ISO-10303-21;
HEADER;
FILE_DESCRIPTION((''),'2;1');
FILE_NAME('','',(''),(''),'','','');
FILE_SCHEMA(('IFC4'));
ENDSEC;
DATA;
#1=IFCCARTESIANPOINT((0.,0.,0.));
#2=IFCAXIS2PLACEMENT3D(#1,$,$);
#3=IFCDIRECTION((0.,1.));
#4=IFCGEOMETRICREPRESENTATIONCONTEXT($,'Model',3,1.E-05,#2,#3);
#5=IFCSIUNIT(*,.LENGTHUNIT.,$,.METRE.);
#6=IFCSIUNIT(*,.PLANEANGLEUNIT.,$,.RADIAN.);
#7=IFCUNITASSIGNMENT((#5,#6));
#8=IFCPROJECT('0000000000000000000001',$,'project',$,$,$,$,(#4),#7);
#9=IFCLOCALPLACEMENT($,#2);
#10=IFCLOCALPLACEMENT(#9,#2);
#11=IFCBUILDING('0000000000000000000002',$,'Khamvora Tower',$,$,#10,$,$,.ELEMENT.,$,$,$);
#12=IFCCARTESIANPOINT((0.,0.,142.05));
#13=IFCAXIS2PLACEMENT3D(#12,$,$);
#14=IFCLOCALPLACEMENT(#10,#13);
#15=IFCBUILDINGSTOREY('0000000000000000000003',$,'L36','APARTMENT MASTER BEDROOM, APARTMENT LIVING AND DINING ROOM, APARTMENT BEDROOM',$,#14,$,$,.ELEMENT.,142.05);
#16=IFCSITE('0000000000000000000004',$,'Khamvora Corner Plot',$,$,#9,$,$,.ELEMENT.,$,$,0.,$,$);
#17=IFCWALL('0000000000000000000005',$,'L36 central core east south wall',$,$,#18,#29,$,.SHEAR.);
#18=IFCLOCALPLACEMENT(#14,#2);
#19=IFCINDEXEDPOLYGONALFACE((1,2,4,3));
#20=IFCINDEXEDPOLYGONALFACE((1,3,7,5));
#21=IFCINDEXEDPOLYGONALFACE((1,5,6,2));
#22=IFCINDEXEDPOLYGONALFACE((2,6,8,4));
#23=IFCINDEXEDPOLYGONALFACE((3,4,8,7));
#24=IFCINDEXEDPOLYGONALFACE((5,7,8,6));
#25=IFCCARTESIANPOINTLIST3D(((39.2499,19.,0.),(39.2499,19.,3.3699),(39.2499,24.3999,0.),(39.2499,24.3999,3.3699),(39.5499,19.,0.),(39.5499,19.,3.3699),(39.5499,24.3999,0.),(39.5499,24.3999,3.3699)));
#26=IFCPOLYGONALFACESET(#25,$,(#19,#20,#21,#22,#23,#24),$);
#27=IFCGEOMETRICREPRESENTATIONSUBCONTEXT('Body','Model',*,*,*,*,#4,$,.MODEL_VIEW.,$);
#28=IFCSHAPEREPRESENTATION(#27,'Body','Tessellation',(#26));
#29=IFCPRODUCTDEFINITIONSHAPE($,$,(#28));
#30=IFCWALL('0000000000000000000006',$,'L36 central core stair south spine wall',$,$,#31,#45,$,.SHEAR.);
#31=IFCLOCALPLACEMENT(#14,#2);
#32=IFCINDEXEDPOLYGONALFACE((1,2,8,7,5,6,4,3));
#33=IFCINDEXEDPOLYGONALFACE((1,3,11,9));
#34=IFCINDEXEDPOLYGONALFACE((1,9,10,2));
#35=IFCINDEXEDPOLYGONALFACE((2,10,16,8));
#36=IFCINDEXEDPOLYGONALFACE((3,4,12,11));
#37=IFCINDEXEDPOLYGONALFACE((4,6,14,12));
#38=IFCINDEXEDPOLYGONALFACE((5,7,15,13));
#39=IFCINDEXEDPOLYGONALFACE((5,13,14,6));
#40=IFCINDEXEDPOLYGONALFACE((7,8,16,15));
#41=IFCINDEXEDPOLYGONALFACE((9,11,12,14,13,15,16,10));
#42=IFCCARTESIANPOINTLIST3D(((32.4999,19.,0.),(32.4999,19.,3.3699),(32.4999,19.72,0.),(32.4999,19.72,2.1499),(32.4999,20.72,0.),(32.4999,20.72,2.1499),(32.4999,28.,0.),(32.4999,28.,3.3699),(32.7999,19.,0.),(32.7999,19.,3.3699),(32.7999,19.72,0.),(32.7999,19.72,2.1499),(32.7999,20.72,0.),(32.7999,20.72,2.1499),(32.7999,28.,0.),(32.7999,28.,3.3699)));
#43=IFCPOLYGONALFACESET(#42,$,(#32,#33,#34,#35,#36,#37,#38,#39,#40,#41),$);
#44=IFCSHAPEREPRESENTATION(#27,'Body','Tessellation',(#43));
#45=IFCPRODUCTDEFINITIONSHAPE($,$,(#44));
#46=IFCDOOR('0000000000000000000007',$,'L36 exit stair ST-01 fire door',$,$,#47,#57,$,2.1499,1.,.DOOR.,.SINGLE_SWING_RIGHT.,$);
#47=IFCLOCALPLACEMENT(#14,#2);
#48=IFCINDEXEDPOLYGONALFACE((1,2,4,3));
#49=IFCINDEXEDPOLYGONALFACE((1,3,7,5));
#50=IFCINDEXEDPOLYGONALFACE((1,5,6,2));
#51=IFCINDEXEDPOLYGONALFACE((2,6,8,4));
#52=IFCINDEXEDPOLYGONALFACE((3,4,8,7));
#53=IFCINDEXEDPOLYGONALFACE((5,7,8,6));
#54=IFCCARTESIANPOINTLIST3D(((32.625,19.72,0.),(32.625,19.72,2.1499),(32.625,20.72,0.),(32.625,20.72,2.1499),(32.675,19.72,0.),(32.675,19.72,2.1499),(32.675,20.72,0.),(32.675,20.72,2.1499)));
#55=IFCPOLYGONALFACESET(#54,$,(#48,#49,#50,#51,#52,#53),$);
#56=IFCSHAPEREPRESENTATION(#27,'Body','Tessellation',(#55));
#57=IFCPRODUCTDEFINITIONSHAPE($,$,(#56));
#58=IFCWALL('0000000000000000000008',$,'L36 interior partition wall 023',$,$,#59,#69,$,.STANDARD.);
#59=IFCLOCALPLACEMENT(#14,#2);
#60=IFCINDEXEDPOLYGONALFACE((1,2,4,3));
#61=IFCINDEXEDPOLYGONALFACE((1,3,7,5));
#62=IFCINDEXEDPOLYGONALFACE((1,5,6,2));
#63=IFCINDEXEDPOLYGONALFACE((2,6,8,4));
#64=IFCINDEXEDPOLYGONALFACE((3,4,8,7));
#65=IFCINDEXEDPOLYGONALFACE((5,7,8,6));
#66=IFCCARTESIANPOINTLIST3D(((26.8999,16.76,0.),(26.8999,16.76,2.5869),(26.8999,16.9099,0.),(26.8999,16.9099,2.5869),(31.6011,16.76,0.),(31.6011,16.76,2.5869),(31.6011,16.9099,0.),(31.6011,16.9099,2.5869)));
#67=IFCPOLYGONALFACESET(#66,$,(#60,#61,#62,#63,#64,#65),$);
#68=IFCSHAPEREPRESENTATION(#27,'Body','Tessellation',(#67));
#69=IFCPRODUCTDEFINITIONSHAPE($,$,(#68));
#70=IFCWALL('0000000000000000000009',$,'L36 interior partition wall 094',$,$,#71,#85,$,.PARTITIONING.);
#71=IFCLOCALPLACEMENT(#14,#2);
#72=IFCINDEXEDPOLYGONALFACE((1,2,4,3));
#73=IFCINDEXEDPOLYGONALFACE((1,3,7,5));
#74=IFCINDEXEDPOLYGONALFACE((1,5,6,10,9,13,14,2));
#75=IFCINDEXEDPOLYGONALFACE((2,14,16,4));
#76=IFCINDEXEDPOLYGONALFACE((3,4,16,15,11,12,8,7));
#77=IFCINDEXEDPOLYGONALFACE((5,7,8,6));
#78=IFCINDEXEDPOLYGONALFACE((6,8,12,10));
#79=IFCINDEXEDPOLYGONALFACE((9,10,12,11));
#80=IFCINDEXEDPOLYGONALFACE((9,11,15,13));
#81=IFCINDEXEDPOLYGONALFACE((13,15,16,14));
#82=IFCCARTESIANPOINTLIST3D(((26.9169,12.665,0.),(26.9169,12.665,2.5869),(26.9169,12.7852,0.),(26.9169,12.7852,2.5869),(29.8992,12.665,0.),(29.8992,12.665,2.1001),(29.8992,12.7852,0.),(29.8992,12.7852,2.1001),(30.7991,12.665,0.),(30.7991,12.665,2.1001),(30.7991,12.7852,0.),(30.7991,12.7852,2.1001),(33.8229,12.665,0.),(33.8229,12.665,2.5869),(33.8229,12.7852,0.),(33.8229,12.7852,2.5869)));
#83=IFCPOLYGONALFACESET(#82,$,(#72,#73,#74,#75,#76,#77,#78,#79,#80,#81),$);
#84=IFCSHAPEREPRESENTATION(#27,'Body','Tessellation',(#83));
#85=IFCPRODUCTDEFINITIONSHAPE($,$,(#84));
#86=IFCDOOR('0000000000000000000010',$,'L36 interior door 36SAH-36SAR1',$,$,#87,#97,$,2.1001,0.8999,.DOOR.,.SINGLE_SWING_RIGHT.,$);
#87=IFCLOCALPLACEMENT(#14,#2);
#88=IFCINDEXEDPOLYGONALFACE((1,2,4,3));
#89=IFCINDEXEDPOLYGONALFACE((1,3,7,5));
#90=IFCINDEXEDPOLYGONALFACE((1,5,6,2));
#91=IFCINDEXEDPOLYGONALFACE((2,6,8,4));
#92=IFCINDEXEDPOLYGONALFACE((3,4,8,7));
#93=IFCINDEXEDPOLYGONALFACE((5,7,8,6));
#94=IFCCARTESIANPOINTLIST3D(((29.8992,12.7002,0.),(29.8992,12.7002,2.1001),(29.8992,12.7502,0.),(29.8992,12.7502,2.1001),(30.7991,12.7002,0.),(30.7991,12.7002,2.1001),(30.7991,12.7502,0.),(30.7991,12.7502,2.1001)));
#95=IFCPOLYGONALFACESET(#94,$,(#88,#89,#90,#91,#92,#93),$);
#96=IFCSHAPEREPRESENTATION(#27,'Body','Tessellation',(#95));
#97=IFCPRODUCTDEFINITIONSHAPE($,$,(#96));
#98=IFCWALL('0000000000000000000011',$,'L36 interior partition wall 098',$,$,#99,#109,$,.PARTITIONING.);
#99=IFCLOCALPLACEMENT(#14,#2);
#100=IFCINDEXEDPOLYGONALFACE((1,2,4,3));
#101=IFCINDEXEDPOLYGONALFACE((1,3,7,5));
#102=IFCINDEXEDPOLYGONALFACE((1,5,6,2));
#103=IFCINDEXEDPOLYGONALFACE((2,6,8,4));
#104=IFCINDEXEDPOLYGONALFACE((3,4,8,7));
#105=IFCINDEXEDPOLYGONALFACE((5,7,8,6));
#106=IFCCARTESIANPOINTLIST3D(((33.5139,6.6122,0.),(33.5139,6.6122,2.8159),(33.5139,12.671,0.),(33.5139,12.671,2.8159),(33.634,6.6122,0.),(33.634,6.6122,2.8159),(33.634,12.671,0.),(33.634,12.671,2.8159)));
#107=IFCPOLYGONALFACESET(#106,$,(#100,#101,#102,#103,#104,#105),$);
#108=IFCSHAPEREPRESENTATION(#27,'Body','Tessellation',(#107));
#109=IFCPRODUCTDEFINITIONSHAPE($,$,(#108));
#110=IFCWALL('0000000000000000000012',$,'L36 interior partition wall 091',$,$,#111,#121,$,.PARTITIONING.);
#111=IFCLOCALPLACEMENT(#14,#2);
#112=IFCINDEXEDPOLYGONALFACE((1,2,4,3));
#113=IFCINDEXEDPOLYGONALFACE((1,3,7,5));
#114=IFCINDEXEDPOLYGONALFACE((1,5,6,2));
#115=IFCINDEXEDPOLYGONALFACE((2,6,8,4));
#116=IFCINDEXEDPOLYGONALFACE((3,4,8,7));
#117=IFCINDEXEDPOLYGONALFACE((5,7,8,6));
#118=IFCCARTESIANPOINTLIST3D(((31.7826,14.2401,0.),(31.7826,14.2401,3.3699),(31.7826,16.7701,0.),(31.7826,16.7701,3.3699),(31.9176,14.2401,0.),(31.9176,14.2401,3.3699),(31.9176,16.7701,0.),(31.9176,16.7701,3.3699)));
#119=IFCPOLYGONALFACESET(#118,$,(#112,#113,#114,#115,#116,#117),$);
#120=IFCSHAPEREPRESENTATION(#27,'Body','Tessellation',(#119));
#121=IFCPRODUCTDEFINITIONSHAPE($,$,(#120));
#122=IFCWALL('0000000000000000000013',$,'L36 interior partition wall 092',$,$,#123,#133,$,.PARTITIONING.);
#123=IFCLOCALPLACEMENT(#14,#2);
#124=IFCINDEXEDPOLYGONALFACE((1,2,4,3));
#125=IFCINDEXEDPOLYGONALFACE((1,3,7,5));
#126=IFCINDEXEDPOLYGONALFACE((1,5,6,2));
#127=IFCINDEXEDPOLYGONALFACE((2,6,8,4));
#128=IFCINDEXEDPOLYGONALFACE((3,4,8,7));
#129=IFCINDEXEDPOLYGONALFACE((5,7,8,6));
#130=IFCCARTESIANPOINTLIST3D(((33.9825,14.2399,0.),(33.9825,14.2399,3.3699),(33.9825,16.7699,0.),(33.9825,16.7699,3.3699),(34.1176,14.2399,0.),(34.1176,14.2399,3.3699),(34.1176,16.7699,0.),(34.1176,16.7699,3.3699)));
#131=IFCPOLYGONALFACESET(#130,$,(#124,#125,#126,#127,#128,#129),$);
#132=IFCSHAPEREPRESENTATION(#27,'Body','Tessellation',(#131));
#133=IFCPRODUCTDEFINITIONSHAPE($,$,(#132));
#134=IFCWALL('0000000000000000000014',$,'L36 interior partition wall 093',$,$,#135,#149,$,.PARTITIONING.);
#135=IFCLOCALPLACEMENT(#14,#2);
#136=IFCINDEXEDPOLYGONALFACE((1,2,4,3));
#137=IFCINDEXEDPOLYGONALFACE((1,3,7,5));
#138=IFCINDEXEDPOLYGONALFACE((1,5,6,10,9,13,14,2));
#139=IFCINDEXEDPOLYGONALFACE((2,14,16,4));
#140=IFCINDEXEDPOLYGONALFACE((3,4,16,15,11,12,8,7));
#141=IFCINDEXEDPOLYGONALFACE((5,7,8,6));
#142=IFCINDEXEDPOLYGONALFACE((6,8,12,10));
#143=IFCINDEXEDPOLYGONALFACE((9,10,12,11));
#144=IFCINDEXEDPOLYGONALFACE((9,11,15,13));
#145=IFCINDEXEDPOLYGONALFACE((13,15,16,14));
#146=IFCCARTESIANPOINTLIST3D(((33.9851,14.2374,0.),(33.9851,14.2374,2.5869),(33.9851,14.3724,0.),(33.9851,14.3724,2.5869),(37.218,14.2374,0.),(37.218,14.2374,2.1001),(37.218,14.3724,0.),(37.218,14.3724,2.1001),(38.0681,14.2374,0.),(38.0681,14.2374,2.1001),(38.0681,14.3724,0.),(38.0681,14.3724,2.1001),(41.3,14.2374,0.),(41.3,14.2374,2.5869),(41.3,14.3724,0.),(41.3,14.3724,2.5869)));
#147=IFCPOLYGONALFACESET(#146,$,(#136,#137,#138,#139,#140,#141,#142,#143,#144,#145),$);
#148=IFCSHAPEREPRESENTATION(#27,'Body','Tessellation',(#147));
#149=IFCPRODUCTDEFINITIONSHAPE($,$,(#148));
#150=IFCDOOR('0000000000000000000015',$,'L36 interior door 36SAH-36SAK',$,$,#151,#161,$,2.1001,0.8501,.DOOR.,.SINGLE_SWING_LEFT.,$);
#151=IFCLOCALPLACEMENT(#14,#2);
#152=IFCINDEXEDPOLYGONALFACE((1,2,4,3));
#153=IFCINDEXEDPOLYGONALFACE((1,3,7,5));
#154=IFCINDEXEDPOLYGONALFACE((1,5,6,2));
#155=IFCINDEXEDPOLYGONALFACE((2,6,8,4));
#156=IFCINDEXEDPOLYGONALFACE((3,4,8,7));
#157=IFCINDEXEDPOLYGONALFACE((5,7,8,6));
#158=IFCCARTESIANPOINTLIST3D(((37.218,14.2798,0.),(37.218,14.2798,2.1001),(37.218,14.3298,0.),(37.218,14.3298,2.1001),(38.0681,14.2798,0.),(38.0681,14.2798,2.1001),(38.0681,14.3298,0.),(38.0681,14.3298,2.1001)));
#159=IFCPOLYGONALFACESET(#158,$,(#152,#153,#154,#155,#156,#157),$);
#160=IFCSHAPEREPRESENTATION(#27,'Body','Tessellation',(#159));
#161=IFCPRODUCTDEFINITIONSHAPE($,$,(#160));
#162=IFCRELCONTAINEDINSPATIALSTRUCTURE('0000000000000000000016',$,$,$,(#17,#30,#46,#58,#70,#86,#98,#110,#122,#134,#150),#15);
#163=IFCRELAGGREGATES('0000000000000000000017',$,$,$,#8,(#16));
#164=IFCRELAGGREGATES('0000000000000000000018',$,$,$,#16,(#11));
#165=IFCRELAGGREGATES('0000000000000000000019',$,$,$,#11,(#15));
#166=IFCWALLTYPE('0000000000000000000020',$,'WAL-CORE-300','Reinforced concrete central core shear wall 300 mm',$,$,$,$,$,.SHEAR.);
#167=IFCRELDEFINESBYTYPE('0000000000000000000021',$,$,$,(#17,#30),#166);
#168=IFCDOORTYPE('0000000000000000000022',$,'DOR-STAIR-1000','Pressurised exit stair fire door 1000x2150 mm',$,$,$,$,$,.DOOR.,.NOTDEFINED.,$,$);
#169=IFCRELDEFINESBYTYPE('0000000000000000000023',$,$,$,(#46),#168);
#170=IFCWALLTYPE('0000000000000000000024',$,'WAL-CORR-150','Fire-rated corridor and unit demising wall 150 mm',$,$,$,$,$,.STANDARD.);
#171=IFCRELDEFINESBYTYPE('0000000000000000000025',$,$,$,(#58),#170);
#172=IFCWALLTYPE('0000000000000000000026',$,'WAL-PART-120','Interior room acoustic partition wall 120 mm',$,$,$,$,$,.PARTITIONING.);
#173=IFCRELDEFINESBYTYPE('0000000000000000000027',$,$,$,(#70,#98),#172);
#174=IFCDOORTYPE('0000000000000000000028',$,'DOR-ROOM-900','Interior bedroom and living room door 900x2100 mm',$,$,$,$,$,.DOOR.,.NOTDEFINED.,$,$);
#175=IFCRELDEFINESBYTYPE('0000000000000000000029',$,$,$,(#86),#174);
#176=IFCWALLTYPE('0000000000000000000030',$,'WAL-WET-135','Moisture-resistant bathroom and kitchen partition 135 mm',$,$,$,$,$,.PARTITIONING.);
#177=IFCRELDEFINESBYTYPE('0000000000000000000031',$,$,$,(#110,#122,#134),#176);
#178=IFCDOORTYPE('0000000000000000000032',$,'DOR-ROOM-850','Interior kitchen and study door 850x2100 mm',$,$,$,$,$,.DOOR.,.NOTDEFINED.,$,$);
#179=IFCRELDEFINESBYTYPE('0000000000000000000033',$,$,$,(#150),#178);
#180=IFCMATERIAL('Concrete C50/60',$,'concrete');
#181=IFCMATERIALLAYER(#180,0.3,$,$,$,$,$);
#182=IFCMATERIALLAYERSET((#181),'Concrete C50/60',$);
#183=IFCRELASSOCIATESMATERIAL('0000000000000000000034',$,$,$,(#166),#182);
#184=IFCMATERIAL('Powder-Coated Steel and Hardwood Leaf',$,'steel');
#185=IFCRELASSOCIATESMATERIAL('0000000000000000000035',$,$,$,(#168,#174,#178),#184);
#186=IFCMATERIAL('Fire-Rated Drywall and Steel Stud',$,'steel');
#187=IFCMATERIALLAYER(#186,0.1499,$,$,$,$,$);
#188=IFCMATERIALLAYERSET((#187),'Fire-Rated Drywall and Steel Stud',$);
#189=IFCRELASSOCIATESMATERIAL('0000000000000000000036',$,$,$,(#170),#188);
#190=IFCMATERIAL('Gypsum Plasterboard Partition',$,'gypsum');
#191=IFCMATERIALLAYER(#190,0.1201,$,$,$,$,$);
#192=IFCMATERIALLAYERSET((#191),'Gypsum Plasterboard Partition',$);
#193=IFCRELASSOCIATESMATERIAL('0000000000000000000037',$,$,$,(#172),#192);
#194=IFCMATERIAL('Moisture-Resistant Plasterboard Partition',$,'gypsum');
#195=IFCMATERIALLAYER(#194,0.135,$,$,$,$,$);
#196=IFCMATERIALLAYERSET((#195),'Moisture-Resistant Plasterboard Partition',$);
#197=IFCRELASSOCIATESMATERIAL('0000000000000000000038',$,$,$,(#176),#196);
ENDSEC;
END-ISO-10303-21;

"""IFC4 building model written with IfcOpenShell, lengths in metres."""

from ifc_helpers import new_model, si_unit, direction, frame, frame_2d, origin, place, context, subcontext, project, spatial, rectangle, extrude, material, layer, layer_set, type_object, element, fill, save


model = new_model("IFC4")

# Units and contexts
model_context = context("Model", 3, precision=1e-05, world=origin(), true_north=direction((0.0, 1.0)))
body_context = subcontext(model_context, "Body", "Model", "MODEL_VIEW")
ifc_project = project(units=[si_unit("LENGTHUNIT", "METRE"), si_unit("PLANEANGLEUNIT", "RADIAN")], contexts=[model_context])

# Site, building, storey
site_placement = place(None, origin())
site = spatial("IfcSite", under=ifc_project, at=site_placement, Name="Khamvora Corner Plot", CompositionType="ELEMENT", RefElevation=0.0)
building_placement = place(site_placement, origin())
building = spatial("IfcBuilding", under=site, at=building_placement, Name="Khamvora Tower", CompositionType="ELEMENT")
storey_placement = place(building_placement, frame((0.0, 0.0, 142.05)))
storey = spatial("IfcBuildingStorey", under=building, at=storey_placement, Name="L36", Description="APARTMENT MASTER BEDROOM, APARTMENT LIVING AND DINING ROOM, APARTMENT BEDROOM", CompositionType="ELEMENT", Elevation=142.05)

# Wall
ifc_material_1 = material(Name="Concrete C50/60", Category="concrete")
ifc_layer_1 = layer(ifc_material_1, 0.3)
ifc_layer_set_1 = layer_set([ifc_layer_1], Name="Concrete C50/60")
wall_type_1 = type_object("IfcWallType", Name="WAL-CORE-300", Description="Reinforced concrete central core shear wall 300 mm", PredefinedType="SHEAR", material=ifc_layer_set_1)
wall_1_placement = place(storey_placement, frame((39.3999, 19.0, 0.0), z_axis=(0.0, 0.0, 1.0), x_axis=(0.0, 1.0, 0.0)))
element("IfcWall", 1, at=wall_1_placement, inside=storey, type_object=wall_type_1, Name="L36 central core east south wall", PredefinedType="SHEAR", context=body_context, shape_type="SweptSolid", body=[
    extrude(rectangle(XDim=5.3999, YDim=0.3, at=frame_2d((2.7, 0.0))), origin(), (0.0, 0.0, 1.0), 3.3699),
])

# Wall, opening, door
wall_2_placement = place(storey_placement, frame((32.6499, 19.0, 0.0), z_axis=(0.0, 0.0, 1.0), x_axis=(0.0, 1.0, 0.0)))
wall_2 = element("IfcWall", 2, at=wall_2_placement, inside=storey, type_object=wall_type_1, Name="L36 central core stair south spine wall", PredefinedType="SHEAR", context=body_context, shape_type="SweptSolid", body=[
    extrude(rectangle(XDim=9.0, YDim=0.3, at=frame_2d((4.5, 0.0))), origin(), (0.0, 0.0, 1.0), 3.3699),
])
opening_1_placement = place(wall_2_placement, frame((0.72, 0.0, 0.0)))
opening_1 = element("IfcOpeningElement", 3, at=opening_1_placement, cuts=wall_2, PredefinedType="OPENING", context=body_context, shape_type="SweptSolid", body=[
    extrude(rectangle(XDim=1.0, YDim=2.1499, at=frame_2d((0.5, 1.075))), frame((0.0, 0.1599, 0.0), z_axis=(0.0, -1.0, 0.0), x_axis=(1.0, 0.0, 0.0)), (0.0, 0.0, 1.0), 0.3201),
])
ifc_material_2 = material(Name="Powder-Coated Steel and Hardwood Leaf", Category="steel")
door_type_1 = type_object("IfcDoorType", Name="DOR-STAIR-1000", Description="Pressurised exit stair fire door 1000x2150 mm", OperationType="NOTDEFINED", PredefinedType="DOOR", material=ifc_material_2)
door_1_placement = place(opening_1_placement, origin())
door_1 = element("IfcDoor", 4, at=door_1_placement, inside=storey, type_object=door_type_1, Name="L36 exit stair ST-01 fire door", OperationType="SINGLE_SWING_RIGHT", OverallHeight=2.1499, OverallWidth=1.0, PredefinedType="DOOR", context=body_context, shape_type="SweptSolid", body=[
    extrude(rectangle(XDim=1.0, YDim=2.1499, at=frame_2d((0.5, 1.075))), frame((0.0, 0.0249, 0.0), z_axis=(0.0, -1.0, 0.0), x_axis=(1.0, 0.0, 0.0)), (0.0, 0.0, 1.0), 0.05),
])
fill(opening_1, door_1)

# Shared definitions
ifc_material_3 = material(Name="Fire-Rated Drywall and Steel Stud", Category="steel")
ifc_layer_2 = layer(ifc_material_3, 0.1499)
ifc_layer_set_2 = layer_set([ifc_layer_2], Name="Fire-Rated Drywall and Steel Stud")
wall_type_2 = type_object("IfcWallType", Name="WAL-CORR-150", Description="Fire-rated corridor and unit demising wall 150 mm", PredefinedType="STANDARD", material=ifc_layer_set_2)

# Wall
wall_3_placement = place(storey_placement, frame((31.6011, 16.835, 0.0), z_axis=(0.0, 0.0, 1.0), x_axis=(-1.0, 0.0, 0.0)))
element("IfcWall", 5, at=wall_3_placement, inside=storey, type_object=wall_type_2, Name="L36 interior partition wall 023", PredefinedType="STANDARD", context=body_context, shape_type="SweptSolid", body=[
    extrude(rectangle(XDim=4.7012, YDim=0.1499, at=frame_2d((2.3506, 0.0))), origin(), (0.0, 0.0, 1.0), 2.5869),
])

# Wall, opening, door
ifc_material_4 = material(Name="Gypsum Plasterboard Partition", Category="gypsum")
ifc_layer_3 = layer(ifc_material_4, 0.1201)
ifc_layer_set_3 = layer_set([ifc_layer_3], Name="Gypsum Plasterboard Partition")
wall_type_3 = type_object("IfcWallType", Name="WAL-PART-120", Description="Interior room acoustic partition wall 120 mm", PredefinedType="PARTITIONING", material=ifc_layer_set_3)
wall_4_placement = place(storey_placement, frame((33.823, 12.7251, 0.0), z_axis=(0.0, 0.0, 1.0), x_axis=(-1.0, 0.0, 0.0)))
wall_4 = element("IfcWall", 6, at=wall_4_placement, inside=storey, type_object=wall_type_3, Name="L36 interior partition wall 094", PredefinedType="PARTITIONING", context=body_context, shape_type="SweptSolid", body=[
    extrude(rectangle(XDim=6.906, YDim=0.1201, at=frame_2d((3.4531, 0.0))), origin(), (0.0, 0.0, 1.0), 2.5869),
])
opening_2_placement = place(wall_4_placement, frame((3.0239, 0.0, 0.0)))
opening_2 = element("IfcOpeningElement", 7, at=opening_2_placement, cuts=wall_4, PredefinedType="OPENING", context=body_context, shape_type="SweptSolid", body=[
    extrude(rectangle(XDim=0.8999, YDim=2.1001, at=frame_2d((0.45, 1.05))), frame((0.0, 0.0701, 0.0), z_axis=(0.0, -1.0, 0.0), x_axis=(1.0, 0.0, 0.0)), (0.0, 0.0, 1.0), 0.1401),
])
door_type_2 = type_object("IfcDoorType", Name="DOR-ROOM-900", Description="Interior bedroom and living room door 900x2100 mm", OperationType="NOTDEFINED", PredefinedType="DOOR", material=ifc_material_2)
door_2_placement = place(opening_2_placement, origin())
door_2 = element("IfcDoor", 8, at=door_2_placement, inside=storey, type_object=door_type_2, Name="L36 interior door 36SAH-36SAR1", OperationType="SINGLE_SWING_RIGHT", OverallHeight=2.1001, OverallWidth=0.8999, PredefinedType="DOOR", context=body_context, shape_type="SweptSolid", body=[
    extrude(rectangle(XDim=0.8999, YDim=2.1001, at=frame_2d((0.45, 1.05))), frame((0.0, 0.0249, 0.0), z_axis=(0.0, -1.0, 0.0), x_axis=(1.0, 0.0, 0.0)), (0.0, 0.0, 1.0), 0.05),
])
fill(opening_2, door_2)

# Walls
wall_5_placement = place(storey_placement, frame((33.574, 12.6709, 0.0), z_axis=(0.0, 0.0, 1.0), x_axis=(0.0, -1.0, 0.0)))
element("IfcWall", 9, at=wall_5_placement, inside=storey, type_object=wall_type_3, Name="L36 interior partition wall 098", PredefinedType="PARTITIONING", context=body_context, shape_type="SweptSolid", body=[
    extrude(rectangle(XDim=6.0588, YDim=0.1201, at=frame_2d((3.0293, 0.0))), origin(), (0.0, 0.0, 1.0), 2.8159),
])
ifc_material_5 = material(Name="Moisture-Resistant Plasterboard Partition", Category="gypsum")
ifc_layer_4 = layer(ifc_material_5, 0.135)
ifc_layer_set_4 = layer_set([ifc_layer_4], Name="Moisture-Resistant Plasterboard Partition")
wall_type_4 = type_object("IfcWallType", Name="WAL-WET-135", Description="Moisture-resistant bathroom and kitchen partition 135 mm", PredefinedType="PARTITIONING", material=ifc_layer_set_4)
for number, where, z_axis, x_axis, name in (
    (10, (31.8501, 14.24, 0.0), (0.0, 0.0, 1.0), (0.0, 1.0, 0.0), "L36 interior partition wall 091"),
    (11, (34.05, 16.77, 0.0), (0.0, 0.0, 1.0), (0.0, -1.0, 0.0), "L36 interior partition wall 092"),
):
    element("IfcWall", number, at=place(storey_placement, frame(where, z_axis=z_axis, x_axis=x_axis)), inside=storey, type_object=wall_type_4, Name=name, PredefinedType="PARTITIONING", context=body_context, shape_type="SweptSolid", body=[
        extrude(rectangle(XDim=2.53, YDim=0.135, at=frame_2d((1.2651, 0.0))), origin(), (0.0, 0.0, 1.0), 3.3699),
    ])

# Wall, opening, door
wall_6_placement = place(storey_placement, frame((33.9851, 14.3049, 0.0), z_axis=(0.0, 0.0, 1.0), x_axis=(1.0, 0.0, 0.0)))
wall_6 = element("IfcWall", 12, at=wall_6_placement, inside=storey, type_object=wall_type_4, Name="L36 interior partition wall 093", PredefinedType="PARTITIONING", context=body_context, shape_type="SweptSolid", body=[
    extrude(rectangle(XDim=7.3149, YDim=0.135, at=frame_2d((3.6575, 0.0))), origin(), (0.0, 0.0, 1.0), 2.5869),
])
opening_3_placement = place(wall_6_placement, frame((3.2329, 0.0, 0.0)))
opening_3 = element("IfcOpeningElement", 13, at=opening_3_placement, cuts=wall_6, PredefinedType="OPENING", context=body_context, shape_type="SweptSolid", body=[
    extrude(rectangle(XDim=0.8501, YDim=2.1001, at=frame_2d((0.425, 1.05))), frame((0.0, 0.0774, 0.0), z_axis=(0.0, -1.0, 0.0), x_axis=(1.0, 0.0, 0.0)), (0.0, 0.0, 1.0), 0.155),
])
door_type_3 = type_object("IfcDoorType", Name="DOR-ROOM-850", Description="Interior kitchen and study door 850x2100 mm", OperationType="NOTDEFINED", PredefinedType="DOOR", material=ifc_material_2)
door_3_placement = place(opening_3_placement, origin())
door_3 = element("IfcDoor", 14, at=door_3_placement, inside=storey, type_object=door_type_3, Name="L36 interior door 36SAH-36SAK", OperationType="SINGLE_SWING_LEFT", OverallHeight=2.1001, OverallWidth=0.8501, PredefinedType="DOOR", context=body_context, shape_type="SweptSolid", body=[
    extrude(rectangle(XDim=0.8501, YDim=2.1001, at=frame_2d((0.425, 1.05))), frame((0.0, 0.0249, 0.0), z_axis=(0.0, -1.0, 0.0), x_axis=(1.0, 0.0, 0.0)), (0.0, 0.0, 1.0), 0.05),
])
fill(opening_3, door_3)

save(model, "model.ifc")
